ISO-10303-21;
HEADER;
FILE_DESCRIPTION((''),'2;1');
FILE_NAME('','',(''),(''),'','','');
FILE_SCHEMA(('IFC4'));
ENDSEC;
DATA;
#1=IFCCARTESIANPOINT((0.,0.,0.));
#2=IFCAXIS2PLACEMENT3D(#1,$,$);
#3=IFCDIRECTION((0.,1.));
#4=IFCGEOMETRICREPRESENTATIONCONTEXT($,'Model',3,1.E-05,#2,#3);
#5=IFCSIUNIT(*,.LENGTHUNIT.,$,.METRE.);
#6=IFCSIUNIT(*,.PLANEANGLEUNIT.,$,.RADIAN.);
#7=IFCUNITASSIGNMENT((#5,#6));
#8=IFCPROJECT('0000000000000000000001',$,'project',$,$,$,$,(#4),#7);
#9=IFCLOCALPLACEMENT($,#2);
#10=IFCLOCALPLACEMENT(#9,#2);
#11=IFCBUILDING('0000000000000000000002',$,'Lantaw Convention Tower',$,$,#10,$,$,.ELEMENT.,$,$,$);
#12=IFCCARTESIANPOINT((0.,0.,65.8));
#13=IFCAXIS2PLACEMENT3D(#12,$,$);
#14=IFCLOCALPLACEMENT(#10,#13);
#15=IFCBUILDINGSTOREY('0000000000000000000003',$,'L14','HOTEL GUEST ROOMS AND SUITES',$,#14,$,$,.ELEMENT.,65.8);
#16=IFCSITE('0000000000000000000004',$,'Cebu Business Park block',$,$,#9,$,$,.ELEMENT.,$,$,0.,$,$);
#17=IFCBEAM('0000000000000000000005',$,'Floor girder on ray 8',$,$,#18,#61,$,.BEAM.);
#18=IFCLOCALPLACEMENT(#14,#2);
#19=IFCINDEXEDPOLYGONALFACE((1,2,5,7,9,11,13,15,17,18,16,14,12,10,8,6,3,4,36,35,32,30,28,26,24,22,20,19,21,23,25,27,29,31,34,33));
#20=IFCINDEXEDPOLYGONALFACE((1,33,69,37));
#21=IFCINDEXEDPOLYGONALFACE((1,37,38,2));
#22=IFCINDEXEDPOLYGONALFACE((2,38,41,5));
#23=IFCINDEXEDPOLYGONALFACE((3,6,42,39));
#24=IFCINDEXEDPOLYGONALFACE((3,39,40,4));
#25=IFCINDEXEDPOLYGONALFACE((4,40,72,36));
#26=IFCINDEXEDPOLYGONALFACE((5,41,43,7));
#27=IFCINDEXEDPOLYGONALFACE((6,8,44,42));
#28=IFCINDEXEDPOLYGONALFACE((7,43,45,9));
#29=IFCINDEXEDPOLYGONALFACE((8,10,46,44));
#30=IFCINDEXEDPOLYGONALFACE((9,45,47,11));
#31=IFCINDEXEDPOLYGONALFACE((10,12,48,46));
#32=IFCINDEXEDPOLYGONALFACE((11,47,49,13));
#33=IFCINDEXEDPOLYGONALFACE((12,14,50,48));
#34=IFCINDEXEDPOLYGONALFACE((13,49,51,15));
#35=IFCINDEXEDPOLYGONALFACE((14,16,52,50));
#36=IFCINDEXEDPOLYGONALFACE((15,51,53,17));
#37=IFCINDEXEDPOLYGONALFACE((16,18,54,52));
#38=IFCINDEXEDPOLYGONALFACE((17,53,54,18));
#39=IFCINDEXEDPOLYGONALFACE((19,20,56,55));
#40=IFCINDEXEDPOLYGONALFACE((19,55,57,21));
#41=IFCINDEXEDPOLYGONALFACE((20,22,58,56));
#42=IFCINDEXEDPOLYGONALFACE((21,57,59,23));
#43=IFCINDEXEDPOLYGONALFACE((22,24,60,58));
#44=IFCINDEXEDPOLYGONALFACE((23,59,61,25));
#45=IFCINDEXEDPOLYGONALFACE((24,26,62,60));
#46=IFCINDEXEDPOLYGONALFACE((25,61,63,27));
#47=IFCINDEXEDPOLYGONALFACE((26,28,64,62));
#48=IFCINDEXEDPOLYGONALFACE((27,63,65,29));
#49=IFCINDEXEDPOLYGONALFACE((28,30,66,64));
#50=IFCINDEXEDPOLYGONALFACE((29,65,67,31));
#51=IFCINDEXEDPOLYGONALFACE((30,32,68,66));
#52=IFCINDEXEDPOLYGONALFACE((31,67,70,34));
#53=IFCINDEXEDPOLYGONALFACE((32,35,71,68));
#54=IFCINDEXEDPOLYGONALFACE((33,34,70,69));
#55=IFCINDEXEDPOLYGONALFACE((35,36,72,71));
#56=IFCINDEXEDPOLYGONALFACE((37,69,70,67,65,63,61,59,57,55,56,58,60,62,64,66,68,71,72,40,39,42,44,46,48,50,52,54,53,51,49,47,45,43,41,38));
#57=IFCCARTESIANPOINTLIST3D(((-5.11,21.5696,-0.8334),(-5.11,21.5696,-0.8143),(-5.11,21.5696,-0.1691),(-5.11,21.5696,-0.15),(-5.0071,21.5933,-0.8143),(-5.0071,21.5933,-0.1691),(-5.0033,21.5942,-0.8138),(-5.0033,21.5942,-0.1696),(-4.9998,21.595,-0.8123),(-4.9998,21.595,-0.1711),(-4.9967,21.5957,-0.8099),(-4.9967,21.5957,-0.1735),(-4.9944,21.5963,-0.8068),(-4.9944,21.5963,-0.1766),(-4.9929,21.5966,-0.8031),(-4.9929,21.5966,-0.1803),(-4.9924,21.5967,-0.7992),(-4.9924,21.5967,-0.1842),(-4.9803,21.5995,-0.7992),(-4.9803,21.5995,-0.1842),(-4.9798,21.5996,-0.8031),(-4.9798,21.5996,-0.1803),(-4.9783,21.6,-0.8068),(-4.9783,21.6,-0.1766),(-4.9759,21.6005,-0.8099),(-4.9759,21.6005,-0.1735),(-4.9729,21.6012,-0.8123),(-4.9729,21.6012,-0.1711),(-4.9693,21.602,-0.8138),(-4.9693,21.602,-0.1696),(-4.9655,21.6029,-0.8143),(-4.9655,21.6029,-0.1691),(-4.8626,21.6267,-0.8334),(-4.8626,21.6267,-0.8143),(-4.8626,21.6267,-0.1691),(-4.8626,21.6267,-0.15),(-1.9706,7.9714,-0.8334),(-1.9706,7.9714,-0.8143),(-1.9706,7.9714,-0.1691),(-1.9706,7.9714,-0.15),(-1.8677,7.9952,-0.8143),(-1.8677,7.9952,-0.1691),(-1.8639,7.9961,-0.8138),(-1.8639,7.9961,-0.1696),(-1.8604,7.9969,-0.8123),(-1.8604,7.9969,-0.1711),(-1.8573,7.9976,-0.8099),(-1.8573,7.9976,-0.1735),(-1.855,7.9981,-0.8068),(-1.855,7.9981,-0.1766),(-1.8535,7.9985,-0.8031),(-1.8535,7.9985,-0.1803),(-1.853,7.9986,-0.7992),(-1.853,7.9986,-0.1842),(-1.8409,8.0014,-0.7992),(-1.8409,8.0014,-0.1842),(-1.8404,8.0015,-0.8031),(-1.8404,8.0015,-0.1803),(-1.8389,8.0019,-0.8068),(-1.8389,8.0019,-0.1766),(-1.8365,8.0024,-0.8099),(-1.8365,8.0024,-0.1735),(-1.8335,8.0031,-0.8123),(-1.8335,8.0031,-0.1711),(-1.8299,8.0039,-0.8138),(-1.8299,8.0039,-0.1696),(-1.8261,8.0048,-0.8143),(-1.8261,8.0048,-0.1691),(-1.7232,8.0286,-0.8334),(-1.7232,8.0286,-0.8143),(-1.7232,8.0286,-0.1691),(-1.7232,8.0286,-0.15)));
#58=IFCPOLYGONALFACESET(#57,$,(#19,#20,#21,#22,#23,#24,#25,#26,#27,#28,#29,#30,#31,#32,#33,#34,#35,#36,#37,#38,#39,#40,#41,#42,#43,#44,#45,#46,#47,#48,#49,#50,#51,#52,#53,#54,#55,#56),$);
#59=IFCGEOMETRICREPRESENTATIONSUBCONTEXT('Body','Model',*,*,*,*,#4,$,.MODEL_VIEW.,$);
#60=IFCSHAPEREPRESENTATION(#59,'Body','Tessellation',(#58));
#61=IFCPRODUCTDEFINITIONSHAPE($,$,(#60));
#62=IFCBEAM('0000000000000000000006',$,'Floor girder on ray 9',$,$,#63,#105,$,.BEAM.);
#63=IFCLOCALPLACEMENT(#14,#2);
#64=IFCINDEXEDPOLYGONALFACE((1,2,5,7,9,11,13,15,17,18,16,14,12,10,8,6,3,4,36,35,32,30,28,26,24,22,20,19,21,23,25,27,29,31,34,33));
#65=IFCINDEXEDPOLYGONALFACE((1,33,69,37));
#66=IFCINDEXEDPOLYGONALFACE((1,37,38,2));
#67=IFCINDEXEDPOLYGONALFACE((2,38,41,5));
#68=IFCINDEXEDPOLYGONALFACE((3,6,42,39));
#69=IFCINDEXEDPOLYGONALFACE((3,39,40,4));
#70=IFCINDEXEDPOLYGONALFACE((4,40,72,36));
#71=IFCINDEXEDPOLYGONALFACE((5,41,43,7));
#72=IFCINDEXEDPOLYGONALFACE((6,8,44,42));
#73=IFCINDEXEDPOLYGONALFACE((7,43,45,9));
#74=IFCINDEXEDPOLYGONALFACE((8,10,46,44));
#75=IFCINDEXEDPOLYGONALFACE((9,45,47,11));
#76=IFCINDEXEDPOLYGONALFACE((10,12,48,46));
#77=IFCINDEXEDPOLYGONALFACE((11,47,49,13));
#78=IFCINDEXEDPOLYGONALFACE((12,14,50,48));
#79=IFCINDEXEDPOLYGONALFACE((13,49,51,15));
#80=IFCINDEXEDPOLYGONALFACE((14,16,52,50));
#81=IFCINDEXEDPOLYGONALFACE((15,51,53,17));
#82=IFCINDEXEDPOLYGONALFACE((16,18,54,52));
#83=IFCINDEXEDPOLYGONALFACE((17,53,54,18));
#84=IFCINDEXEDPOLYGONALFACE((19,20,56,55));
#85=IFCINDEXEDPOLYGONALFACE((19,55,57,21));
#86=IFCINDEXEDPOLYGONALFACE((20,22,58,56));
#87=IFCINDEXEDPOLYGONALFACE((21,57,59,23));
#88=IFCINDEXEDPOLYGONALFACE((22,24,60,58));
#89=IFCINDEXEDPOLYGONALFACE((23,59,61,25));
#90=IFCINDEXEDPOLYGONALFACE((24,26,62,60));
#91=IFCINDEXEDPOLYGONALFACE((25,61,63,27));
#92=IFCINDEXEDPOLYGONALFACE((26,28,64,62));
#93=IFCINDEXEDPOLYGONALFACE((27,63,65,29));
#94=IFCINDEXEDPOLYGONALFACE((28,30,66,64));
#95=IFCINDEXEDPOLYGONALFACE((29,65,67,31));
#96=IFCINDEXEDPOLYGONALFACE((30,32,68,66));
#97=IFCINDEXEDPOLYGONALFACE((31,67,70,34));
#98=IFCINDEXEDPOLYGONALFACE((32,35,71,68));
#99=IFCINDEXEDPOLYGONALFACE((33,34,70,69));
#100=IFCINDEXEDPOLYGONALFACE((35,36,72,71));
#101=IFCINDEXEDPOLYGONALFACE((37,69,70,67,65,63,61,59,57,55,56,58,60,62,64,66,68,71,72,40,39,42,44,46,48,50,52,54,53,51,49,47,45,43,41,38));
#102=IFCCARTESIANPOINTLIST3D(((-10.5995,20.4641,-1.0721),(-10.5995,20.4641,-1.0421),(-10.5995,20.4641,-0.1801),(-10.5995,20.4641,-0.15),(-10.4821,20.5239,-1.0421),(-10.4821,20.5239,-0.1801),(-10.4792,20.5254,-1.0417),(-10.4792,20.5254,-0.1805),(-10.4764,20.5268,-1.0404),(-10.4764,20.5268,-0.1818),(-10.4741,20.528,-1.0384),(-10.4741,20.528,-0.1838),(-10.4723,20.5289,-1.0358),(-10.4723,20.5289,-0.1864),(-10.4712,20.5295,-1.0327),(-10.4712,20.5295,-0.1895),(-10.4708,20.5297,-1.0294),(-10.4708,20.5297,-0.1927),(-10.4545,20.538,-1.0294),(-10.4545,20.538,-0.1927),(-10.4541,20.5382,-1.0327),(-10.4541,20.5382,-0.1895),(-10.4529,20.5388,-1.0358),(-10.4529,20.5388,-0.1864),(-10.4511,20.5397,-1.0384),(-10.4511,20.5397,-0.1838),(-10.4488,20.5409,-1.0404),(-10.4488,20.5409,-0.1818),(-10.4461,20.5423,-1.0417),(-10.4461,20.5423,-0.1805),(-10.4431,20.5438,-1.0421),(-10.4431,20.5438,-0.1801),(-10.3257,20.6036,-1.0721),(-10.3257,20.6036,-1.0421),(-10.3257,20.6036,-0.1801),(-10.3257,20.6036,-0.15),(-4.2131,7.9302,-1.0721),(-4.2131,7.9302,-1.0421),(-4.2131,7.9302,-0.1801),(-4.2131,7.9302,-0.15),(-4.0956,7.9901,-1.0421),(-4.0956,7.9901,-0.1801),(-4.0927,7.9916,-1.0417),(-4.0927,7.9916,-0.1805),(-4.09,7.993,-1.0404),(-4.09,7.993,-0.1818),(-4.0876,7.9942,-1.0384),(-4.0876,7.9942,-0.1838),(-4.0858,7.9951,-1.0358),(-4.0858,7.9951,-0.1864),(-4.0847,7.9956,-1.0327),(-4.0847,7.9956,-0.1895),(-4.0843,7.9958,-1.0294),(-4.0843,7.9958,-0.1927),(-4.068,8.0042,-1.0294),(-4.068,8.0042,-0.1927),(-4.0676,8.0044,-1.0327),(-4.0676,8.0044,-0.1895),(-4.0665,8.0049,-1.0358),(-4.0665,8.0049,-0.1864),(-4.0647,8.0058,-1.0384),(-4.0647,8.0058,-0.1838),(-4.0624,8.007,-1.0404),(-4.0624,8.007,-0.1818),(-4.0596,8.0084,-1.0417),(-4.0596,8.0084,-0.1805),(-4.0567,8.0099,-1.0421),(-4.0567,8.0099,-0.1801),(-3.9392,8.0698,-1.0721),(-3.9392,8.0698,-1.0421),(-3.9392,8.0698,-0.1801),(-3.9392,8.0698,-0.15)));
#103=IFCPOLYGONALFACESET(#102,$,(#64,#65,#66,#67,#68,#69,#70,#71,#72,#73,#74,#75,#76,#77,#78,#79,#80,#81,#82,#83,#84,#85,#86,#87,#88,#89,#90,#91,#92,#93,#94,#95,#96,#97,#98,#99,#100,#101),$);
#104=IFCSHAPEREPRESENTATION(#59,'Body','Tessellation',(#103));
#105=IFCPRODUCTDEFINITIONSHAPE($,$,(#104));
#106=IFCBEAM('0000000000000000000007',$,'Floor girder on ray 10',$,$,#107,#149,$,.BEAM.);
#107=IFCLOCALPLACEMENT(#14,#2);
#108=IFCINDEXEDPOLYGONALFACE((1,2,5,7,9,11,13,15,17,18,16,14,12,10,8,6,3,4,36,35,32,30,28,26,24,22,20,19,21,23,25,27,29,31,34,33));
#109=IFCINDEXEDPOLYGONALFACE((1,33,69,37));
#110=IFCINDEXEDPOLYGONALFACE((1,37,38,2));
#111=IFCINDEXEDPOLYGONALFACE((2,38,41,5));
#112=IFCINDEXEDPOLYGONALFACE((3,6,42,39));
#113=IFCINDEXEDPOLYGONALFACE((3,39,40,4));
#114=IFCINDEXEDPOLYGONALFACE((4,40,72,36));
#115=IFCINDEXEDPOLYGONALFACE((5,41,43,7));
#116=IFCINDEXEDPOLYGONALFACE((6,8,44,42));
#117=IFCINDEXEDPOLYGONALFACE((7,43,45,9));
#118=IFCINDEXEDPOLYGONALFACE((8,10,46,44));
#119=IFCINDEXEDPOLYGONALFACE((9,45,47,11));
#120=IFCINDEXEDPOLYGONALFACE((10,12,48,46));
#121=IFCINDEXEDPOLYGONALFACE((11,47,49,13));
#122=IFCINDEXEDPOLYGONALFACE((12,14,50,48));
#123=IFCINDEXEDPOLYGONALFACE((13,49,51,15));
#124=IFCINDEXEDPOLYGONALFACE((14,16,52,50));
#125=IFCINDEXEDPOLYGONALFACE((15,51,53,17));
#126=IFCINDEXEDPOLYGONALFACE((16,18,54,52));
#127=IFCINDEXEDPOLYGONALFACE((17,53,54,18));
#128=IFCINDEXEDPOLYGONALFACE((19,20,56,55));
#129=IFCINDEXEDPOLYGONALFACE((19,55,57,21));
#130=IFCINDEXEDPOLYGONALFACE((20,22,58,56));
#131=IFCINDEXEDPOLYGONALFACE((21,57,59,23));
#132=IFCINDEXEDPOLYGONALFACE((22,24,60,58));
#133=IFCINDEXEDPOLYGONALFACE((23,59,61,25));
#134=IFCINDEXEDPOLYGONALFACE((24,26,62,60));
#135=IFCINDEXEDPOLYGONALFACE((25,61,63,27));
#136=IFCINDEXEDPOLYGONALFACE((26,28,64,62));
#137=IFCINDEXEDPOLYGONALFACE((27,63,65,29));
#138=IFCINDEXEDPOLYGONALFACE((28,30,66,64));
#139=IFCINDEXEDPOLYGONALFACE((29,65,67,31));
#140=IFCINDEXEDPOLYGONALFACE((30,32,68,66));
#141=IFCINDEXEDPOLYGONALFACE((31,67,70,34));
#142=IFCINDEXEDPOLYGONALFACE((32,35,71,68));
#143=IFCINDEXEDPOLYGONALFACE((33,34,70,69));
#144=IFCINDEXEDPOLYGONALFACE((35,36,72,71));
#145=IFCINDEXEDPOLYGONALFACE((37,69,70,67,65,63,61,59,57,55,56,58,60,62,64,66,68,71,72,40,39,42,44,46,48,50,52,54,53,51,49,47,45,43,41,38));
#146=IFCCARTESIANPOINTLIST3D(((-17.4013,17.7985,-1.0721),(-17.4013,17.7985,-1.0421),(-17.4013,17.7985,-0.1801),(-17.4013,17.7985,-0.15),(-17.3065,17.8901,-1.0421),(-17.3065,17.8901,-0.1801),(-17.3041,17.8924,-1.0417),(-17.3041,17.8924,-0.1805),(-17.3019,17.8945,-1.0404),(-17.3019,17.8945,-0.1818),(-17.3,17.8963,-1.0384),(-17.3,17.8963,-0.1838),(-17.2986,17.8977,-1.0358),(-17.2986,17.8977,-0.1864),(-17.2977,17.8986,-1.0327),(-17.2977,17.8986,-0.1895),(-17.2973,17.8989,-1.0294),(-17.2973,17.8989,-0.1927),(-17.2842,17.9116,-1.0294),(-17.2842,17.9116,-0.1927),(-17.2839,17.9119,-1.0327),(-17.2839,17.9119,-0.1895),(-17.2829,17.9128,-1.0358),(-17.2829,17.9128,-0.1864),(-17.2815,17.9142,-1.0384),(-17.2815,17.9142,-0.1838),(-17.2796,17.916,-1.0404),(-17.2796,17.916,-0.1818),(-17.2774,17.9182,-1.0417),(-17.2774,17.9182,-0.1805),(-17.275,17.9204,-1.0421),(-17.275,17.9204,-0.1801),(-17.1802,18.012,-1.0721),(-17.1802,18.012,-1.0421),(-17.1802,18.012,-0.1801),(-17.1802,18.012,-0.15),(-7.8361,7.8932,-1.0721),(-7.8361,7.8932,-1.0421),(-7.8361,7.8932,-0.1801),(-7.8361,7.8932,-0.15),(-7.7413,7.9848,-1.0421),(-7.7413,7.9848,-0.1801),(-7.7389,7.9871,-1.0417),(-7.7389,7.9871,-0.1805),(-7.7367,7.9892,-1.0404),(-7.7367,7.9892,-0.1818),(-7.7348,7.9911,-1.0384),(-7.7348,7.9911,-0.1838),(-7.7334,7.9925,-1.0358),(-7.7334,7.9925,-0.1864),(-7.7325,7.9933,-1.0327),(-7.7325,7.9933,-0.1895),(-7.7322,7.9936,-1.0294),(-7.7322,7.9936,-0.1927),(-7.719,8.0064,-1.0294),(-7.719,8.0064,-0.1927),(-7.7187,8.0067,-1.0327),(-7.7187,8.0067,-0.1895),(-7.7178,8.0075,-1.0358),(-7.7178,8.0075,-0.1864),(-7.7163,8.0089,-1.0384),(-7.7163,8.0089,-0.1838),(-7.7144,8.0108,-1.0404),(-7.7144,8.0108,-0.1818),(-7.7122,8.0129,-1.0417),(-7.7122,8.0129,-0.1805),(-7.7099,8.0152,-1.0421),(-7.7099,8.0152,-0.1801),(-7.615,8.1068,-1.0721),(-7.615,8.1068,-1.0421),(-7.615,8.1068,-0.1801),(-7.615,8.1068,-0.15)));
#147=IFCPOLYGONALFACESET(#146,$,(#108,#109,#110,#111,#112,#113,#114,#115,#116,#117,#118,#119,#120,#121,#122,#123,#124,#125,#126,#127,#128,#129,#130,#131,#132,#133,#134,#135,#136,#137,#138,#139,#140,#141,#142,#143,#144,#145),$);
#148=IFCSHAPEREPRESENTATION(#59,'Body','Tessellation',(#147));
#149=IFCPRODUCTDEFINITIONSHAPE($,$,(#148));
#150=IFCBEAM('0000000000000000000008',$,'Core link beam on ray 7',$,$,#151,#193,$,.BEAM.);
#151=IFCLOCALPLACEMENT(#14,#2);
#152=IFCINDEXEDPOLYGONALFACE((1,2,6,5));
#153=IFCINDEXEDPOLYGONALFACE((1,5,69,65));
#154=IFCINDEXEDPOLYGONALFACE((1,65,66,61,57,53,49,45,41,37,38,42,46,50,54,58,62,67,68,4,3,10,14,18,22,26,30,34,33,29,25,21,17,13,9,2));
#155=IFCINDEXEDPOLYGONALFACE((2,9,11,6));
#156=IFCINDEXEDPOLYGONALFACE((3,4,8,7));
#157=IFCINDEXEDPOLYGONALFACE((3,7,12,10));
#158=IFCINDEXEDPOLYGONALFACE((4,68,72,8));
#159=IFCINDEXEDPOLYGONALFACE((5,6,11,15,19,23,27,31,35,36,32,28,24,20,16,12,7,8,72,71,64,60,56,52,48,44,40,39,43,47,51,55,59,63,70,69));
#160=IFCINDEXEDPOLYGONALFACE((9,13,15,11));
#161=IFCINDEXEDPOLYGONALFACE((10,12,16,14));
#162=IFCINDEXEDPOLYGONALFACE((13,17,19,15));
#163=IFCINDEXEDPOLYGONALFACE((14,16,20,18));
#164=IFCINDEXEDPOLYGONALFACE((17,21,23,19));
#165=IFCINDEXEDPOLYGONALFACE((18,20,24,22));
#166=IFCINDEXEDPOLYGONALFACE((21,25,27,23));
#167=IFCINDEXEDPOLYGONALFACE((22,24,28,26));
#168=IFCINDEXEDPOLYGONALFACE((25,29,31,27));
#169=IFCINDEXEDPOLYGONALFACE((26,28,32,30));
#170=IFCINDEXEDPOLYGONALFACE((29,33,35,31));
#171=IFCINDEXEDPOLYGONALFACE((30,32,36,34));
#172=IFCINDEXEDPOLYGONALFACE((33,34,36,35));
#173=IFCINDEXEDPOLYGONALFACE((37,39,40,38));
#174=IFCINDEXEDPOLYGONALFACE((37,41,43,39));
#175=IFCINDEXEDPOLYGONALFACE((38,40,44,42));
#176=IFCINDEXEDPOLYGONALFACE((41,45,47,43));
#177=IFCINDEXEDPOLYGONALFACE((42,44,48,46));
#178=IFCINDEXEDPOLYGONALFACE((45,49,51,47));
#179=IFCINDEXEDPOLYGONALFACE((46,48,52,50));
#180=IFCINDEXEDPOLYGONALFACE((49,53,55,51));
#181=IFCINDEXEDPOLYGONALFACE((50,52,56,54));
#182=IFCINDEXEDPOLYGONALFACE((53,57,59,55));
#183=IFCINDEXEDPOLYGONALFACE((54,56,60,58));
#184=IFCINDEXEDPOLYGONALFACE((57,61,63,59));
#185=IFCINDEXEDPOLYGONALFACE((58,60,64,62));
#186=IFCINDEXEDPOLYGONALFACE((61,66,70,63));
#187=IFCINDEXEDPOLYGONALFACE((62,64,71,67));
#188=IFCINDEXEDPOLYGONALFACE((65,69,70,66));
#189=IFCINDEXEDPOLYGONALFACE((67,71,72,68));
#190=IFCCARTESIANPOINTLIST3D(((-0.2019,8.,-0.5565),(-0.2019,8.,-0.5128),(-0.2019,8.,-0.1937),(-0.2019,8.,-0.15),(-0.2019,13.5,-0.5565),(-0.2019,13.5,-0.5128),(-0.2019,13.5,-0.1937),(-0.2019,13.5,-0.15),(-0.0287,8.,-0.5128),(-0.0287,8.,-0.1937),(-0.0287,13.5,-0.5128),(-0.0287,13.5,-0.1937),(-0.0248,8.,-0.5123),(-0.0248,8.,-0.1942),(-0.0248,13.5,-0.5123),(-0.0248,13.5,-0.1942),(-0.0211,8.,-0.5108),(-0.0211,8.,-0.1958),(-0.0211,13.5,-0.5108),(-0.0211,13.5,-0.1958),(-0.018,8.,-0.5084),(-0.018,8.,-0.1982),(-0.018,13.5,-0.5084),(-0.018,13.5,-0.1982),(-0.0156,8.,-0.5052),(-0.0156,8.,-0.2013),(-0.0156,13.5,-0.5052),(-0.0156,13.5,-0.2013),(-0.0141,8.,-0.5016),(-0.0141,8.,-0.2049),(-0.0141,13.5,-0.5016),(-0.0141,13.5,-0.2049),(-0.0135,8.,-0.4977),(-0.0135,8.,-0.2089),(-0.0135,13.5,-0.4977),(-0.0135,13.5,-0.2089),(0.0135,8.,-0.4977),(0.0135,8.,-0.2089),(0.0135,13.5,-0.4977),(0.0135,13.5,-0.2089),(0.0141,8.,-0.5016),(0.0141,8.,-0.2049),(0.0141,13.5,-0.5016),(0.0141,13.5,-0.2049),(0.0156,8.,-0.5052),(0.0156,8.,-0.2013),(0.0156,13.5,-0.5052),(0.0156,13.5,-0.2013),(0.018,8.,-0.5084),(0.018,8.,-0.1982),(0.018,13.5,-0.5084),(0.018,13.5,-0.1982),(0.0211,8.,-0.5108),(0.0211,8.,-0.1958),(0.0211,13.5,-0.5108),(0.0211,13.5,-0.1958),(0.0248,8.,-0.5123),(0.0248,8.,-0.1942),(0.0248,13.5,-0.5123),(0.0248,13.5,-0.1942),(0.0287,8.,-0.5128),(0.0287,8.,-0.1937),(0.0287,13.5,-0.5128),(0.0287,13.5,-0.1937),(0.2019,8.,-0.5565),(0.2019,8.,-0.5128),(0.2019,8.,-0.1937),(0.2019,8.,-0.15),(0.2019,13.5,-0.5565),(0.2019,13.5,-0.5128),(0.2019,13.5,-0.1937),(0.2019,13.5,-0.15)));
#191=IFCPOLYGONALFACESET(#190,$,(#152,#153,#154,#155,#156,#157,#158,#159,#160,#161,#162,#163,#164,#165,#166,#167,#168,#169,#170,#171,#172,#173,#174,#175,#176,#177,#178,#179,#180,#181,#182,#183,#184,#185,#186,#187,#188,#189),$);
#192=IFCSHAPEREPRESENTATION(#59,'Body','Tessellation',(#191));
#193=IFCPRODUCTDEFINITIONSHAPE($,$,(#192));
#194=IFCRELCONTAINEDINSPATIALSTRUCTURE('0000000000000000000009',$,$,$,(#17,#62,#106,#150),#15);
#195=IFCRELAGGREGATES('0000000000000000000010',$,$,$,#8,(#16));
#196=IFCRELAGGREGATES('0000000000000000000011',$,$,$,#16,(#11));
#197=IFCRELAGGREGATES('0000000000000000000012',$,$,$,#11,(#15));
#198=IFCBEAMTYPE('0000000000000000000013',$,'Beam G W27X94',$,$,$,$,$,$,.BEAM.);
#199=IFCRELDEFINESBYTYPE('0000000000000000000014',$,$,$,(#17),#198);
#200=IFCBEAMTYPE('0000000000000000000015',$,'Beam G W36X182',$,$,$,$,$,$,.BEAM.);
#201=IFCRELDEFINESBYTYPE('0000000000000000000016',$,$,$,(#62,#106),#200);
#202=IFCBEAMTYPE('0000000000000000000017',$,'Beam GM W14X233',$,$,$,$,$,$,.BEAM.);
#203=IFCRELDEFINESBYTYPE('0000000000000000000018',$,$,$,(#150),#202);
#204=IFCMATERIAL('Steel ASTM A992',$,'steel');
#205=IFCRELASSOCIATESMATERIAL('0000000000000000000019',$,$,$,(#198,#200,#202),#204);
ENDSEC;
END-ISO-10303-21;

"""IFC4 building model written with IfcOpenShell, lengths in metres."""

from ifc_helpers import new_model, si_unit, direction, frame, origin, origin_2d, place, context, subcontext, project, spatial, i_section, extrude, material, material_profile, profile_set, type_object, element, save


model = new_model("IFC4")

# Units and contexts
model_context = context("Model", 3, precision=1e-05, world=origin(), true_north=direction((0.0, 1.0)))
body_context = subcontext(model_context, "Body", "Model", "MODEL_VIEW")
ifc_project = project(units=[si_unit("LENGTHUNIT", "METRE"), si_unit("PLANEANGLEUNIT", "RADIAN")], contexts=[model_context])

# Site, building, storey
site_placement = place(None, origin())
site = spatial("IfcSite", under=ifc_project, at=site_placement, Name="Cebu Business Park block", CompositionType="ELEMENT", RefElevation=0.0)
building_placement = place(site_placement, origin())
building = spatial("IfcBuilding", under=site, at=building_placement, Name="Lantaw Convention Tower", CompositionType="ELEMENT")
storey_placement = place(building_placement, frame((0.0, 0.0, 65.8)))
storey = spatial("IfcBuildingStorey", under=building, at=storey_placement, Name="L14", Description="HOTEL GUEST ROOMS AND SUITES", CompositionType="ELEMENT", Elevation=65.8)

# Beams
ifc_material_1 = material(Name="Steel ASTM A992", Category="steel")
ifc_material_profile_1 = material_profile(ifc_material_1, i_section(OverallWidth=0.2539, OverallDepth=0.6833, WebThickness=0.0125, FlangeThickness=0.019, FilletRadius=0.0151, at=origin_2d()), Name="W27X94")
ifc_profile_set_1 = profile_set([ifc_material_profile_1], Name="Steel ASTM A992")
beam_type_1 = type_object("IfcBeamType", Name="Beam G W27X94", PredefinedType="BEAM", material=ifc_profile_set_1)
beam_1_placement = place(storey_placement, frame((-1.8469, 8.0, -0.4917), z_axis=(-0.224953, 0.97437, 0.0), x_axis=(-0.97437, -0.224953, 0.0)))
element("IfcBeam", 1, at=beam_1_placement, inside=storey, type_object=beam_type_1, Name="Floor girder on ray 8", PredefinedType="BEAM", context=body_context, shape_type="SweptSolid", body=[
    extrude(i_section(OverallWidth=0.2539, OverallDepth=0.6833, WebThickness=0.0125, FlangeThickness=0.019, FilletRadius=0.0151, at=origin_2d()), origin(), (0.0, 0.0, 1.0), 13.9558),
])
ifc_material_profile_2 = material_profile(ifc_material_1, i_section(OverallWidth=0.3074, OverallDepth=0.9221, WebThickness=0.0183, FlangeThickness=0.03, FilletRadius=0.0127, at=origin_2d()), Name="W36X182")
ifc_profile_set_2 = profile_set([ifc_material_profile_2], Name="Steel ASTM A992")
beam_type_2 = type_object("IfcBeamType", Name="Beam G W36X182", PredefinedType="BEAM", material=ifc_profile_set_2)
beam_2_placement = place(storey_placement, frame((-4.0762, 8.0, -0.6111), z_axis=(-0.453997, 0.891003, 0.0), x_axis=(-0.891003, -0.453997, 0.0)))
element("IfcBeam", 2, at=beam_2_placement, inside=storey, type_object=beam_type_2, Name="Floor girder on ray 9", PredefinedType="BEAM", context=body_context, shape_type="SweptSolid", body=[
    extrude(i_section(OverallWidth=0.3074, OverallDepth=0.9221, WebThickness=0.0183, FlangeThickness=0.03, FilletRadius=0.0127, at=origin_2d()), origin(), (0.0, 0.0, 1.0), 14.0671),
])
beam_3_placement = place(storey_placement, frame((-7.7256, 8.0, -0.6111), z_axis=(-0.69465, 0.719348, 0.0), x_axis=(-0.719348, -0.69465, 0.0)))
element("IfcBeam", 3, at=beam_3_placement, inside=storey, type_object=beam_type_2, Name="Floor girder on ray 10", PredefinedType="BEAM", context=body_context, shape_type="SweptSolid", body=[
    extrude(i_section(OverallWidth=0.3074, OverallDepth=0.9221, WebThickness=0.0183, FlangeThickness=0.03, FilletRadius=0.0127, at=origin_2d()), origin(), (0.0, 0.0, 1.0), 13.7698),
])
ifc_material_profile_3 = material_profile(ifc_material_1, i_section(OverallWidth=0.4038, OverallDepth=0.4065, WebThickness=0.0271, FlangeThickness=0.0437, FilletRadius=0.0151, at=origin_2d()), Name="W14X233")
ifc_profile_set_3 = profile_set([ifc_material_profile_3], Name="Steel ASTM A992")
beam_type_3 = type_object("IfcBeamType", Name="Beam GM W14X233", PredefinedType="BEAM", material=ifc_profile_set_3)
beam_4_placement = place(storey_placement, frame((0.0, 8.0, -0.3533), z_axis=(0.0, 1.0, 0.0), x_axis=(-1.0, 0.0, 0.0)))
element("IfcBeam", 4, at=beam_4_placement, inside=storey, type_object=beam_type_3, Name="Core link beam on ray 7", PredefinedType="BEAM", context=body_context, shape_type="SweptSolid", body=[
    extrude(i_section(OverallWidth=0.4038, OverallDepth=0.4065, WebThickness=0.0271, FlangeThickness=0.0437, FilletRadius=0.0151, at=origin_2d()), origin(), (0.0, 0.0, 1.0), 5.5),
])

save(model, "model.ifc")
